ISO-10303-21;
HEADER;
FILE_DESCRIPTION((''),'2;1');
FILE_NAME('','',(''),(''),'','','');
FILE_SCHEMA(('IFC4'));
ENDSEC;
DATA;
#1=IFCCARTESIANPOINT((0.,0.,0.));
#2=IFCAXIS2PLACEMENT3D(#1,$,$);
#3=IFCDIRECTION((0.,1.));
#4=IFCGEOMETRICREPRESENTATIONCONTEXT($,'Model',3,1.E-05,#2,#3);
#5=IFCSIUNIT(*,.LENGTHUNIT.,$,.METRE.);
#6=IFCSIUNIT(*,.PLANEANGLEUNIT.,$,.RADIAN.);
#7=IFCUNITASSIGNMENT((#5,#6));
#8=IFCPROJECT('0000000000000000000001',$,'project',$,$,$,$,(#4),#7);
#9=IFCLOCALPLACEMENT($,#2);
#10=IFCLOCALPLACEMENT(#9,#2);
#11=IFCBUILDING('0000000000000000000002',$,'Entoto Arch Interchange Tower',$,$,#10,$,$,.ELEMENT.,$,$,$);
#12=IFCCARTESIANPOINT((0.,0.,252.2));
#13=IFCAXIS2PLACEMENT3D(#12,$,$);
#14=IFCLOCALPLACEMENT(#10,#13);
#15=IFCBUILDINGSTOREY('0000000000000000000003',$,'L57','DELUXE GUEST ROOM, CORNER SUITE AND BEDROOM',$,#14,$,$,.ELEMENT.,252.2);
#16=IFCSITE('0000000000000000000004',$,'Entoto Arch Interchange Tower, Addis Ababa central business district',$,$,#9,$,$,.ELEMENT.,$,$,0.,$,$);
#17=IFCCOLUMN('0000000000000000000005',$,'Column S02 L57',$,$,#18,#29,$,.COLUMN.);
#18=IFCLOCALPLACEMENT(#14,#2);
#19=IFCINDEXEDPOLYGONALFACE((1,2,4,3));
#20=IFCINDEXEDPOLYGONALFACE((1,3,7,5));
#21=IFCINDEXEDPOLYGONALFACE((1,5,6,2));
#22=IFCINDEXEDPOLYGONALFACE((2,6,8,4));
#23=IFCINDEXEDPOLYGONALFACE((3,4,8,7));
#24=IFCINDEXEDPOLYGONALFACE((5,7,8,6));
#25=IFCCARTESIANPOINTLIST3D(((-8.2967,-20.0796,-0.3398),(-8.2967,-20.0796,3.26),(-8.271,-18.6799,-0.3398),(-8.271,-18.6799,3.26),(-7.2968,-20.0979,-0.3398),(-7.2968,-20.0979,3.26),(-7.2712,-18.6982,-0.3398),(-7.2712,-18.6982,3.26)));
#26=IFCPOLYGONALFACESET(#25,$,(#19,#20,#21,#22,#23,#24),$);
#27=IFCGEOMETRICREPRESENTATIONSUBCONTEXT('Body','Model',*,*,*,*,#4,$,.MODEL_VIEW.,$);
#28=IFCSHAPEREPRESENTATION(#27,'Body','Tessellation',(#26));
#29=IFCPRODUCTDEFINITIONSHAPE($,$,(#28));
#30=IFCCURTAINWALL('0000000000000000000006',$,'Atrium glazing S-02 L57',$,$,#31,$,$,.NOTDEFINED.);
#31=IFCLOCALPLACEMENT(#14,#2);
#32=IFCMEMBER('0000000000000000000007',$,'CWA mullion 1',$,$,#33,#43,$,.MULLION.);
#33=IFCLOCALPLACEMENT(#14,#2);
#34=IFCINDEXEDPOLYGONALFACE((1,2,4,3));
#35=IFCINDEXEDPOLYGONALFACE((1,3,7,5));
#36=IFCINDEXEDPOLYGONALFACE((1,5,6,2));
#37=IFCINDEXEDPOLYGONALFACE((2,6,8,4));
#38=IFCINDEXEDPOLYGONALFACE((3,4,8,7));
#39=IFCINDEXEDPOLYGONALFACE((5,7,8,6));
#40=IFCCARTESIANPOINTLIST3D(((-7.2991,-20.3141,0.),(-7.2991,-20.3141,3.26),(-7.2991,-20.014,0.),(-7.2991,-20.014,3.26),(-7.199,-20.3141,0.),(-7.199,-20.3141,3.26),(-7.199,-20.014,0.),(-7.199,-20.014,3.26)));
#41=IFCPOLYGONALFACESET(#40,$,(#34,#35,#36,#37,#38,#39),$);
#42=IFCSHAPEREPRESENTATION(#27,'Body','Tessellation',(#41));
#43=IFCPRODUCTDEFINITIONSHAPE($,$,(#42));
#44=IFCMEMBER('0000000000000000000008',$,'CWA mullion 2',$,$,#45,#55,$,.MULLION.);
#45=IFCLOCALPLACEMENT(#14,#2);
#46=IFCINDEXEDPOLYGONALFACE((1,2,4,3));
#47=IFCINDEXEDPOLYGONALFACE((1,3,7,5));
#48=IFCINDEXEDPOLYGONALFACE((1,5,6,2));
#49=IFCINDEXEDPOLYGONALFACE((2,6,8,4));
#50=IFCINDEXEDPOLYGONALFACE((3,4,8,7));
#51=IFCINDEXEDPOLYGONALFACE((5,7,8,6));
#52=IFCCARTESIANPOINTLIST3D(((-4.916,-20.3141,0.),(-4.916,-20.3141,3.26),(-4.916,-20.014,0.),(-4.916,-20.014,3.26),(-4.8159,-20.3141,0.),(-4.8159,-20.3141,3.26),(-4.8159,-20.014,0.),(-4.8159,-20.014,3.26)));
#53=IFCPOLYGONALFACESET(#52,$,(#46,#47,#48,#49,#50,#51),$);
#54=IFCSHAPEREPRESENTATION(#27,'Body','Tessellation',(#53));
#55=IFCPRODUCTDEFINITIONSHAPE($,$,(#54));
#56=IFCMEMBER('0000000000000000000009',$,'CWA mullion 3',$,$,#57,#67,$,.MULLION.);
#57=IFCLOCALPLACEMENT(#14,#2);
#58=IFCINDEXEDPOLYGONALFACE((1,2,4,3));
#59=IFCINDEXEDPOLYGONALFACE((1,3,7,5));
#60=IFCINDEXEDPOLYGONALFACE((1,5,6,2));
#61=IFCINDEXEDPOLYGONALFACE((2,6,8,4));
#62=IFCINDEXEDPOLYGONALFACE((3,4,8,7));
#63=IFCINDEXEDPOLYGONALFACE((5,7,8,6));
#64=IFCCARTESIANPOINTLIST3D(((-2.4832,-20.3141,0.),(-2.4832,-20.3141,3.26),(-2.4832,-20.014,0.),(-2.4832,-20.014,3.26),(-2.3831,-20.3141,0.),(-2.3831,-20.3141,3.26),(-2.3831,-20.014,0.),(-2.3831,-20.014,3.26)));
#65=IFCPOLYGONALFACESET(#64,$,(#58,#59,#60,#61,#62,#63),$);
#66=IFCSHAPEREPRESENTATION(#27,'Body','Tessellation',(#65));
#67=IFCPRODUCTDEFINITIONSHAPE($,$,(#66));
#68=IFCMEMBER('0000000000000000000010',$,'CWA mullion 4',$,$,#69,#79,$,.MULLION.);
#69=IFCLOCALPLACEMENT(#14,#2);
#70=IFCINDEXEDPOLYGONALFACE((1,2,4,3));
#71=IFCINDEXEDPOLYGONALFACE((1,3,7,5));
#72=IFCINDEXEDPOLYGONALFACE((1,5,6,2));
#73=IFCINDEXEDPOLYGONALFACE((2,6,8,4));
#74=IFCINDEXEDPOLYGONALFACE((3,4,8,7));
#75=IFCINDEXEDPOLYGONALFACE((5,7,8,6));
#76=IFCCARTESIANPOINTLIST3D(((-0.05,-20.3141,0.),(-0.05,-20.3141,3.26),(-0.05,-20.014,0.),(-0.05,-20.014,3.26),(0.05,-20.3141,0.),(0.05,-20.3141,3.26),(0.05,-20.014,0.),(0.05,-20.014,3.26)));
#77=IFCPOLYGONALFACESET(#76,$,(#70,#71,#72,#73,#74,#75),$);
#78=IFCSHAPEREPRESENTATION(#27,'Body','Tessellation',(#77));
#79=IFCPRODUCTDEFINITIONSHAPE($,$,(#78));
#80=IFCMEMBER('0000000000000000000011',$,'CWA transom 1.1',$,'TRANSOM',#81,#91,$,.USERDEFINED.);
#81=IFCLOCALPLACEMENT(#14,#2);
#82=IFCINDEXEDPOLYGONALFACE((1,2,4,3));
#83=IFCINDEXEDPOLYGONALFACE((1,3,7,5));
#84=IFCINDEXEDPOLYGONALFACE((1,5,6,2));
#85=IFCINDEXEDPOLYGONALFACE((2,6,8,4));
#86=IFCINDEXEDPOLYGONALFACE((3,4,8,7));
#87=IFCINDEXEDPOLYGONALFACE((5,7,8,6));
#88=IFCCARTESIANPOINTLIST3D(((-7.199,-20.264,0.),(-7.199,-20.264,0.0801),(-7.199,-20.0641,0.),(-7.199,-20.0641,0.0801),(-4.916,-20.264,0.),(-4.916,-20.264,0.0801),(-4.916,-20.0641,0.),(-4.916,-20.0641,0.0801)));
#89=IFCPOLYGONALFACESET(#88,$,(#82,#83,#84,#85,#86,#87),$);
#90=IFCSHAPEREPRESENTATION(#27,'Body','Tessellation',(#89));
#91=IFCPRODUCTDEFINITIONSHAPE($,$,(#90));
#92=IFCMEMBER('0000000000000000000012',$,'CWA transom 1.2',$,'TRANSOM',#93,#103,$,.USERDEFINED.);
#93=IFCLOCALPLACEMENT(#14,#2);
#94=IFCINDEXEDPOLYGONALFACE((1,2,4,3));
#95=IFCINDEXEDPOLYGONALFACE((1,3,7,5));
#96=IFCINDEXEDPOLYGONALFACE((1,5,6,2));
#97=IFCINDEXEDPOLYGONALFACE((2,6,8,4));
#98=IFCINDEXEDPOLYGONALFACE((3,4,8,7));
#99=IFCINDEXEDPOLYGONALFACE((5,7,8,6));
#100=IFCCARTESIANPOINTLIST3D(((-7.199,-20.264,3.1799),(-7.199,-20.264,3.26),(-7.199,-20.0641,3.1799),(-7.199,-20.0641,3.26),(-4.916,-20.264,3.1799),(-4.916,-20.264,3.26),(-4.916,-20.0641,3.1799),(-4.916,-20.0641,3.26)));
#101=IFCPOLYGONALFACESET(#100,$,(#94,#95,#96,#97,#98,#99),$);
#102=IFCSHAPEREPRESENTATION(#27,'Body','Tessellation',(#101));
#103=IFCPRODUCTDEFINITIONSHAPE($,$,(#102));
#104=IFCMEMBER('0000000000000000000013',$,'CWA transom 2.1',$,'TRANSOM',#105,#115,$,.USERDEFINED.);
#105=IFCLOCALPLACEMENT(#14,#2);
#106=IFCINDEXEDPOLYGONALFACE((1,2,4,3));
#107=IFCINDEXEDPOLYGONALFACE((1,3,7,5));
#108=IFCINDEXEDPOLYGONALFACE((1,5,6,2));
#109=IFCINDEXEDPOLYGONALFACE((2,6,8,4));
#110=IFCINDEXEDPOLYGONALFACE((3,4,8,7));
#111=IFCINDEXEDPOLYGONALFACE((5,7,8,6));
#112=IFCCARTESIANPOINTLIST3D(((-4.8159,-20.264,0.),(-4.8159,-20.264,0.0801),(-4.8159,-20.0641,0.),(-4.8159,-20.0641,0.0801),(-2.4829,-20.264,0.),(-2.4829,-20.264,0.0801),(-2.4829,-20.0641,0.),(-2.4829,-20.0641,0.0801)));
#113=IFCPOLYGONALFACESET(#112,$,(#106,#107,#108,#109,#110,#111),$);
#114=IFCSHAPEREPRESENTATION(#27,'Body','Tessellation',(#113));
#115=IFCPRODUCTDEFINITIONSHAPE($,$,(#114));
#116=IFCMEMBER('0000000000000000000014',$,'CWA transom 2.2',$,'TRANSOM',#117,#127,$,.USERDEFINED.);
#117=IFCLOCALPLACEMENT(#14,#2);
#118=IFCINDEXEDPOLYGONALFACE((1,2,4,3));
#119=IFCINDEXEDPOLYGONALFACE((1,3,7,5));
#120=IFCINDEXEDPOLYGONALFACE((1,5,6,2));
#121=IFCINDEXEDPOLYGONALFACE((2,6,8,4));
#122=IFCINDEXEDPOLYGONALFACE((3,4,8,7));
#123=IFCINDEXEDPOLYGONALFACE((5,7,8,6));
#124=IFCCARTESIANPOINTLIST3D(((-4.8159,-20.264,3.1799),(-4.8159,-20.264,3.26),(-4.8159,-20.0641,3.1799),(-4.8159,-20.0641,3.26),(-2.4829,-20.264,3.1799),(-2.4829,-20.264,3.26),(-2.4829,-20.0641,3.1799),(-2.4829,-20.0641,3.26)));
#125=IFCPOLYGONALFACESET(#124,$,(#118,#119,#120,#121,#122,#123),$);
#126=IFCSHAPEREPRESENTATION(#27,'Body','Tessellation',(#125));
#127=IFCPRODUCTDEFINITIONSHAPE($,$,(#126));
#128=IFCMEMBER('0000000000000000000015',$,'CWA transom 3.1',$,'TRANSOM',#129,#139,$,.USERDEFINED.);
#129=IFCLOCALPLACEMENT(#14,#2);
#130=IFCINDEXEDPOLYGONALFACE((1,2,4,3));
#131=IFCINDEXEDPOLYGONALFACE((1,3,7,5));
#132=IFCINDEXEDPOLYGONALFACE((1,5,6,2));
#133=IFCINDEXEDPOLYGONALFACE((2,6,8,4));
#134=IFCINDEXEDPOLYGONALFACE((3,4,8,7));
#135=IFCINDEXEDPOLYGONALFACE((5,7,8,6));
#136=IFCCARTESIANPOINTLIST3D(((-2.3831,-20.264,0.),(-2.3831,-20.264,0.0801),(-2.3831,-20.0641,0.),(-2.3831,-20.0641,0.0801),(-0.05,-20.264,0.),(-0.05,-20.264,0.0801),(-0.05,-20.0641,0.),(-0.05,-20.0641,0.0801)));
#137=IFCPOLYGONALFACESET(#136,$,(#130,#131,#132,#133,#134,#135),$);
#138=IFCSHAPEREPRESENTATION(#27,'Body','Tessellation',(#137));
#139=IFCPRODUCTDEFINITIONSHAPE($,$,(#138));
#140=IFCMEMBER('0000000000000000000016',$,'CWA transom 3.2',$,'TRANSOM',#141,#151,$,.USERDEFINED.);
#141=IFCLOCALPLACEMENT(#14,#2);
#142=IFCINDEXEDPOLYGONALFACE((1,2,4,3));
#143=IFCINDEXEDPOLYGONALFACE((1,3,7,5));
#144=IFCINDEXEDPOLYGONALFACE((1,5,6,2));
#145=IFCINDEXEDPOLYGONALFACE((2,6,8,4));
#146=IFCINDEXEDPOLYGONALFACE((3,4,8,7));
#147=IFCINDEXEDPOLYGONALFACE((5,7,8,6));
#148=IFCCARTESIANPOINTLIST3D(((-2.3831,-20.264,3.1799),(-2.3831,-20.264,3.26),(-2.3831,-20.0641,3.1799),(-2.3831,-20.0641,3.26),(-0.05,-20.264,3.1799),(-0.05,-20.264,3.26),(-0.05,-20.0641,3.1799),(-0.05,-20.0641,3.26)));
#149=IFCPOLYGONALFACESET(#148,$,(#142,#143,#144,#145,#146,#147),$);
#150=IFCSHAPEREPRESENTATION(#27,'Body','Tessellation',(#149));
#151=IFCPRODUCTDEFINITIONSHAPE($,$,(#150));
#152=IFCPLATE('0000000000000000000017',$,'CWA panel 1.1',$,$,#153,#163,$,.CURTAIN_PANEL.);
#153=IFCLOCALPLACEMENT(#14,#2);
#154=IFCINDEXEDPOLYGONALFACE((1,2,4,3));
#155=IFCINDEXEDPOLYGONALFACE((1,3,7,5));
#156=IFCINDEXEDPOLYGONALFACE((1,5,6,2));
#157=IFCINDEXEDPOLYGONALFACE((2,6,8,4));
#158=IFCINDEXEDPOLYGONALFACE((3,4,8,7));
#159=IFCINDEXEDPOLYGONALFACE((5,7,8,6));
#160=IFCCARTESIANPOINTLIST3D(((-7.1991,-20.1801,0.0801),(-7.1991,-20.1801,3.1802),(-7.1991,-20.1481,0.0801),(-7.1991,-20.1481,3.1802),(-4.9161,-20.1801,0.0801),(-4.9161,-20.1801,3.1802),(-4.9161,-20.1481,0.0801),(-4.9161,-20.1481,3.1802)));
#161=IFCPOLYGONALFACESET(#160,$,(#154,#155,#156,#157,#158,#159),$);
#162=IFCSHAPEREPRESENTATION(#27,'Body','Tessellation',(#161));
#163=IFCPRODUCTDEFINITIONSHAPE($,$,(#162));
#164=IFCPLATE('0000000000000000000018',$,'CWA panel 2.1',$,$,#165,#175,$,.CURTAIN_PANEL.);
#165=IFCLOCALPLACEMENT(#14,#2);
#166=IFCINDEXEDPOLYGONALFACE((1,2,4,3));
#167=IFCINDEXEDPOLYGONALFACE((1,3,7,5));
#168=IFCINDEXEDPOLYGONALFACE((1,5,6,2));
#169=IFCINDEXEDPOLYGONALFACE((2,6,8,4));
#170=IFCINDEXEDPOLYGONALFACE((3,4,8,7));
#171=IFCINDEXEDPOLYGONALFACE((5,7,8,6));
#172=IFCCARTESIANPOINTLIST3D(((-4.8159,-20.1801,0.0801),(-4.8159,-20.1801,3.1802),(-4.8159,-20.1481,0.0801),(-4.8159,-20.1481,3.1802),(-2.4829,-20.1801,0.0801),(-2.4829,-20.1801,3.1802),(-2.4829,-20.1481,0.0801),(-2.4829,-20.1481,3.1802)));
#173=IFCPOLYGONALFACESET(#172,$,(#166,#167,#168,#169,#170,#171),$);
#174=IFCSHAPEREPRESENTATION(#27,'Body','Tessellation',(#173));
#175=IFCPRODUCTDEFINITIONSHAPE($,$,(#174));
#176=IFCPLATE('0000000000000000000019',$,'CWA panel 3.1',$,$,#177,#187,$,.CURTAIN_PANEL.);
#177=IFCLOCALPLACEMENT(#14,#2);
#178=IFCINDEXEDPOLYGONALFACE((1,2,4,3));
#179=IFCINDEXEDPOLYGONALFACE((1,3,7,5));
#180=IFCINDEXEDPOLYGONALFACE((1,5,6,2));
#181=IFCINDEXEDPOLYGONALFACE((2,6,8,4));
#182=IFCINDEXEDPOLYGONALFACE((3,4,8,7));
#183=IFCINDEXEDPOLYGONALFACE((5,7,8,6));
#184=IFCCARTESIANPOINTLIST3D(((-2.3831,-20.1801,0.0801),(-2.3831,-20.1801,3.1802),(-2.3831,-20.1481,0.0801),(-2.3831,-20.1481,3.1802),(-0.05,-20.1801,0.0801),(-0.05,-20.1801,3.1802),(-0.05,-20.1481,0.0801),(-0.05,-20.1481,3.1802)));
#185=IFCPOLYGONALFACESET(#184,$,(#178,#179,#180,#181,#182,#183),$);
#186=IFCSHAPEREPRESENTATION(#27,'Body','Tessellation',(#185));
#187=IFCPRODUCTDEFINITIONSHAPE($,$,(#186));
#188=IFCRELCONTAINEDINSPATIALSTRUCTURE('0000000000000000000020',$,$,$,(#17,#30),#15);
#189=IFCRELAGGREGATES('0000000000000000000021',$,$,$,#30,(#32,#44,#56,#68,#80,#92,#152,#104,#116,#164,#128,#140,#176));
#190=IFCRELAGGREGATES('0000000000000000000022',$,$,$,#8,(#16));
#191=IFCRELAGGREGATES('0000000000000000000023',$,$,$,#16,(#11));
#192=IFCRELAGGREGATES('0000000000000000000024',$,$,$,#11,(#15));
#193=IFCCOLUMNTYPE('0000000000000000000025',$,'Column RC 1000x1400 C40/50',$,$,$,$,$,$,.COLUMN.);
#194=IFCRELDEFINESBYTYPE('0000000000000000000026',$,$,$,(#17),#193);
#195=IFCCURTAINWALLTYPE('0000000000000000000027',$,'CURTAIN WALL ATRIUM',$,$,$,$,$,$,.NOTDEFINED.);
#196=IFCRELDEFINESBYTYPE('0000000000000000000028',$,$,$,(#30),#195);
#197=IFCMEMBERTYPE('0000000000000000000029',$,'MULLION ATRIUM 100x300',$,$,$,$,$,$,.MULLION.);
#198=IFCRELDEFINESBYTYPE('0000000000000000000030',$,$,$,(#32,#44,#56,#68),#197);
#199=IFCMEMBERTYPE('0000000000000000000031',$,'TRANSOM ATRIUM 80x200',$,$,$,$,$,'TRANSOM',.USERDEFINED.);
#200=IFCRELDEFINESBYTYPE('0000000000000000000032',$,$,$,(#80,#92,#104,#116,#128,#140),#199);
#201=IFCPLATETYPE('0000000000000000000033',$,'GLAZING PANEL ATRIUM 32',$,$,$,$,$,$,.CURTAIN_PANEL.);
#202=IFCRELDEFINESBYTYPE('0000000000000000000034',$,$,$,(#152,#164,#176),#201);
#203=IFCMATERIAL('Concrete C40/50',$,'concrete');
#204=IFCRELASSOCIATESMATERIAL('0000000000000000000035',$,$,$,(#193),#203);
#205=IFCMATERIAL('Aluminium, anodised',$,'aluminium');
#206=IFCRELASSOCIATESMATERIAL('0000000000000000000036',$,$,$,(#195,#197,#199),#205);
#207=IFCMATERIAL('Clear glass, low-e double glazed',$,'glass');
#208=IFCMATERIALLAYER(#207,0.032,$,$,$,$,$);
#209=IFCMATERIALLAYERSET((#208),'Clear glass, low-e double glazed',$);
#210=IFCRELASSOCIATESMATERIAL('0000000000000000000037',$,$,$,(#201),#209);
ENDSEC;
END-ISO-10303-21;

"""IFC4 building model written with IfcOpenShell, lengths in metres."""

from ifc_helpers import new_model, si_unit, direction, frame, origin, origin_2d, place, context, subcontext, project, spatial, rectangle, extrude, material, layer, layer_set, material_profile, profile_set, type_object, element, aggregate, save


model = new_model("IFC4")

# Units and contexts
model_context = context("Model", 3, precision=1e-05, world=origin(), true_north=direction((0.0, 1.0)))
body_context = subcontext(model_context, "Body", "Model", "MODEL_VIEW")
ifc_project = project(units=[si_unit("LENGTHUNIT", "METRE"), si_unit("PLANEANGLEUNIT", "RADIAN")], contexts=[model_context])

# Site, building, storey
site_placement = place(None, origin())
site = spatial("IfcSite", under=ifc_project, at=site_placement, Name="Entoto Arch Interchange Tower, Addis Ababa central business district", CompositionType="ELEMENT", RefElevation=0.0)
building_placement = place(site_placement, origin())
building = spatial("IfcBuilding", under=site, at=building_placement, Name="Entoto Arch Interchange Tower", CompositionType="ELEMENT")
storey_placement = place(building_placement, frame((0.0, 0.0, 252.2)))
storey = spatial("IfcBuildingStorey", under=building, at=storey_placement, Name="L57", Description="DELUXE GUEST ROOM, CORNER SUITE AND BEDROOM", CompositionType="ELEMENT", Elevation=252.2)

# Column
ifc_material_1 = material(Name="Concrete C40/50", Category="concrete")
ifc_material_profile_1 = material_profile(ifc_material_1, rectangle(XDim=1.0, YDim=1.3999, at=origin_2d()))
ifc_profile_set_1 = profile_set([ifc_material_profile_1], Name="Concrete C40/50")
column_type = type_object("IfcColumnType", Name="Column RC 1000x1400 C40/50", PredefinedType="COLUMN", material=ifc_profile_set_1)
column_placement = place(storey_placement, frame((-7.7839, -19.3889, -0.3398), z_axis=(0.0, 0.0, 1.0), x_axis=(-0.999833, 0.01829, 0.0)))
element("IfcColumn", 1, at=column_placement, inside=storey, type_object=column_type, Name="Column S02 L57", PredefinedType="COLUMN", context=body_context, shape_type="SweptSolid", body=[
    extrude(rectangle(XDim=1.0, YDim=1.3999, at=origin_2d()), origin(), (0.0, 0.0, 1.0), 3.5999),
])

# Curtain wall, members, plates
ifc_material_2 = material(Name="Aluminium, anodised", Category="aluminium")
curtain_wall_type = type_object("IfcCurtainWallType", Name="CURTAIN WALL ATRIUM", PredefinedType="NOTDEFINED", material=ifc_material_2)
curtain_wall_placement = place(storey_placement, origin())
curtain_wall = element("IfcCurtainWall", 2, at=curtain_wall_placement, inside=storey, type_object=curtain_wall_type, Name="Atrium glazing S-02 L57", PredefinedType="NOTDEFINED")
ifc_material_profile_2 = material_profile(ifc_material_2, rectangle(XDim=0.3, YDim=0.1001, at=origin_2d()))
ifc_profile_set_2 = profile_set([ifc_material_profile_2], Name="Aluminium, anodised")
member_type_1 = type_object("IfcMemberType", Name="MULLION ATRIUM 100x300", PredefinedType="MULLION", material=ifc_profile_set_2)
member_1_placement = place(storey_placement, frame((-7.249, -20.1641, 0.0), z_axis=(0.0, 0.0, 1.0), x_axis=(0.0, 1.0, 0.0)))
member_1 = element("IfcMember", 3, at=member_1_placement, type_object=member_type_1, Name="CWA mullion 1", PredefinedType="MULLION", context=body_context, shape_type="SweptSolid", body=[
    extrude(rectangle(XDim=0.3, YDim=0.1001, at=origin_2d()), origin(), (0.0, 0.0, 1.0), 3.26),
])
member_2_placement = place(storey_placement, frame((-4.866, -20.1641, 0.0), z_axis=(0.0, 0.0, 1.0), x_axis=(0.0, 1.0, 0.0)))
member_2 = element("IfcMember", 4, at=member_2_placement, type_object=member_type_1, Name="CWA mullion 2", PredefinedType="MULLION", context=body_context, shape_type="SweptSolid", body=[
    extrude(rectangle(XDim=0.3, YDim=0.1001, at=origin_2d()), origin(), (0.0, 0.0, 1.0), 3.26),
])
member_3_placement = place(storey_placement, frame((-2.4331, -20.1641, 0.0), z_axis=(0.0, 0.0, 1.0), x_axis=(0.0, 1.0, 0.0)))
member_3 = element("IfcMember", 5, at=member_3_placement, type_object=member_type_1, Name="CWA mullion 3", PredefinedType="MULLION", context=body_context, shape_type="SweptSolid", body=[
    extrude(rectangle(XDim=0.3, YDim=0.1001, at=origin_2d()), origin(), (0.0, 0.0, 1.0), 3.26),
])
member_4_placement = place(storey_placement, frame((0.0, -20.1641, 0.0), z_axis=(0.0, 0.0, 1.0), x_axis=(0.0, 1.0, 0.0)))
member_4 = element("IfcMember", 6, at=member_4_placement, type_object=member_type_1, Name="CWA mullion 4", PredefinedType="MULLION", context=body_context, shape_type="SweptSolid", body=[
    extrude(rectangle(XDim=0.3, YDim=0.1001, at=origin_2d()), origin(), (0.0, 0.0, 1.0), 3.26),
])
ifc_material_profile_3 = material_profile(ifc_material_2, rectangle(XDim=0.2, YDim=0.0801, at=origin_2d()))
ifc_profile_set_3 = profile_set([ifc_material_profile_3], Name="Aluminium, anodised")
member_type_2 = type_object("IfcMemberType", Name="TRANSOM ATRIUM 80x200", ElementType="TRANSOM", PredefinedType="USERDEFINED", material=ifc_profile_set_3)
member_5_placement = place(storey_placement, frame((-7.199, -20.1641, 0.04), z_axis=(1.0, 0.0, 0.0), x_axis=(0.0, 1.0, 0.0)))
member_5 = element("IfcMember", 7, at=member_5_placement, type_object=member_type_2, Name="CWA transom 1.1", ObjectType="TRANSOM", PredefinedType="USERDEFINED", context=body_context, shape_type="SweptSolid", body=[
    extrude(rectangle(XDim=0.2, YDim=0.0801, at=origin_2d()), origin(), (0.0, 0.0, 1.0), 2.283),
])
member_6_placement = place(storey_placement, frame((-7.199, -20.1641, 3.22), z_axis=(1.0, 0.0, 0.0), x_axis=(0.0, 1.0, 0.0)))
member_6 = element("IfcMember", 8, at=member_6_placement, type_object=member_type_2, Name="CWA transom 1.2", ObjectType="TRANSOM", PredefinedType="USERDEFINED", context=body_context, shape_type="SweptSolid", body=[
    extrude(rectangle(XDim=0.2, YDim=0.0801, at=origin_2d()), origin(), (0.0, 0.0, 1.0), 2.283),
])
member_7_placement = place(storey_placement, frame((-4.8159, -20.1641, 0.04), z_axis=(1.0, 0.0, 0.0), x_axis=(0.0, 1.0, 0.0)))
member_7 = element("IfcMember", 9, at=member_7_placement, type_object=member_type_2, Name="CWA transom 2.1", ObjectType="TRANSOM", PredefinedType="USERDEFINED", context=body_context, shape_type="SweptSolid", body=[
    extrude(rectangle(XDim=0.2, YDim=0.0801, at=origin_2d()), origin(), (0.0, 0.0, 1.0), 2.333),
])
member_8_placement = place(storey_placement, frame((-4.8159, -20.1641, 3.22), z_axis=(1.0, 0.0, 0.0), x_axis=(0.0, 1.0, 0.0)))
member_8 = element("IfcMember", 10, at=member_8_placement, type_object=member_type_2, Name="CWA transom 2.2", ObjectType="TRANSOM", PredefinedType="USERDEFINED", context=body_context, shape_type="SweptSolid", body=[
    extrude(rectangle(XDim=0.2, YDim=0.0801, at=origin_2d()), origin(), (0.0, 0.0, 1.0), 2.333),
])
member_9_placement = place(storey_placement, frame((-2.3831, -20.1641, 0.04), z_axis=(1.0, 0.0, 0.0), x_axis=(0.0, 1.0, 0.0)))
member_9 = element("IfcMember", 11, at=member_9_placement, type_object=member_type_2, Name="CWA transom 3.1", ObjectType="TRANSOM", PredefinedType="USERDEFINED", context=body_context, shape_type="SweptSolid", body=[
    extrude(rectangle(XDim=0.2, YDim=0.0801, at=origin_2d()), origin(), (0.0, 0.0, 1.0), 2.333),
])
member_10_placement = place(storey_placement, frame((-2.3831, -20.1641, 3.22), z_axis=(1.0, 0.0, 0.0), x_axis=(0.0, 1.0, 0.0)))
member_10 = element("IfcMember", 12, at=member_10_placement, type_object=member_type_2, Name="CWA transom 3.2", ObjectType="TRANSOM", PredefinedType="USERDEFINED", context=body_context, shape_type="SweptSolid", body=[
    extrude(rectangle(XDim=0.2, YDim=0.0801, at=origin_2d()), origin(), (0.0, 0.0, 1.0), 2.333),
])
ifc_material_3 = material(Name="Clear glass, low-e double glazed", Category="glass")
ifc_layer_1 = layer(ifc_material_3, 0.032)
ifc_layer_set_1 = layer_set([ifc_layer_1], Name="Clear glass, low-e double glazed")
plate_type = type_object("IfcPlateType", Name="GLAZING PANEL ATRIUM 32", PredefinedType="CURTAIN_PANEL", material=ifc_layer_set_1)
plate_1_placement = place(storey_placement, frame((-6.0576, -20.1641, 0.0801), z_axis=(0.0, 0.0, 1.0), x_axis=(1.0, 0.0, 0.0)))
plate_1 = element("IfcPlate", 13, at=plate_1_placement, type_object=plate_type, Name="CWA panel 1.1", PredefinedType="CURTAIN_PANEL", context=body_context, shape_type="SweptSolid", body=[
    extrude(rectangle(XDim=2.283, YDim=0.032, at=origin_2d()), origin(), (0.0, 0.0, 1.0), 3.1001),
])
plate_2_placement = place(storey_placement, frame((-3.6494, -20.1641, 0.0801), z_axis=(0.0, 0.0, 1.0), x_axis=(1.0, 0.0, 0.0)))
plate_2 = element("IfcPlate", 14, at=plate_2_placement, type_object=plate_type, Name="CWA panel 2.1", PredefinedType="CURTAIN_PANEL", context=body_context, shape_type="SweptSolid", body=[
    extrude(rectangle(XDim=2.333, YDim=0.032, at=origin_2d()), origin(), (0.0, 0.0, 1.0), 3.1001),
])
plate_3_placement = place(storey_placement, frame((-1.2166, -20.1641, 0.0801), z_axis=(0.0, 0.0, 1.0), x_axis=(1.0, 0.0, 0.0)))
plate_3 = element("IfcPlate", 15, at=plate_3_placement, type_object=plate_type, Name="CWA panel 3.1", PredefinedType="CURTAIN_PANEL", context=body_context, shape_type="SweptSolid", body=[
    extrude(rectangle(XDim=2.333, YDim=0.032, at=origin_2d()), origin(), (0.0, 0.0, 1.0), 3.1001),
])
aggregate(curtain_wall, [member_1, member_2, member_3, member_4, member_5, member_6, plate_1, member_7, member_8, plate_2, member_9, member_10, plate_3])

save(model, "model.ifc")
